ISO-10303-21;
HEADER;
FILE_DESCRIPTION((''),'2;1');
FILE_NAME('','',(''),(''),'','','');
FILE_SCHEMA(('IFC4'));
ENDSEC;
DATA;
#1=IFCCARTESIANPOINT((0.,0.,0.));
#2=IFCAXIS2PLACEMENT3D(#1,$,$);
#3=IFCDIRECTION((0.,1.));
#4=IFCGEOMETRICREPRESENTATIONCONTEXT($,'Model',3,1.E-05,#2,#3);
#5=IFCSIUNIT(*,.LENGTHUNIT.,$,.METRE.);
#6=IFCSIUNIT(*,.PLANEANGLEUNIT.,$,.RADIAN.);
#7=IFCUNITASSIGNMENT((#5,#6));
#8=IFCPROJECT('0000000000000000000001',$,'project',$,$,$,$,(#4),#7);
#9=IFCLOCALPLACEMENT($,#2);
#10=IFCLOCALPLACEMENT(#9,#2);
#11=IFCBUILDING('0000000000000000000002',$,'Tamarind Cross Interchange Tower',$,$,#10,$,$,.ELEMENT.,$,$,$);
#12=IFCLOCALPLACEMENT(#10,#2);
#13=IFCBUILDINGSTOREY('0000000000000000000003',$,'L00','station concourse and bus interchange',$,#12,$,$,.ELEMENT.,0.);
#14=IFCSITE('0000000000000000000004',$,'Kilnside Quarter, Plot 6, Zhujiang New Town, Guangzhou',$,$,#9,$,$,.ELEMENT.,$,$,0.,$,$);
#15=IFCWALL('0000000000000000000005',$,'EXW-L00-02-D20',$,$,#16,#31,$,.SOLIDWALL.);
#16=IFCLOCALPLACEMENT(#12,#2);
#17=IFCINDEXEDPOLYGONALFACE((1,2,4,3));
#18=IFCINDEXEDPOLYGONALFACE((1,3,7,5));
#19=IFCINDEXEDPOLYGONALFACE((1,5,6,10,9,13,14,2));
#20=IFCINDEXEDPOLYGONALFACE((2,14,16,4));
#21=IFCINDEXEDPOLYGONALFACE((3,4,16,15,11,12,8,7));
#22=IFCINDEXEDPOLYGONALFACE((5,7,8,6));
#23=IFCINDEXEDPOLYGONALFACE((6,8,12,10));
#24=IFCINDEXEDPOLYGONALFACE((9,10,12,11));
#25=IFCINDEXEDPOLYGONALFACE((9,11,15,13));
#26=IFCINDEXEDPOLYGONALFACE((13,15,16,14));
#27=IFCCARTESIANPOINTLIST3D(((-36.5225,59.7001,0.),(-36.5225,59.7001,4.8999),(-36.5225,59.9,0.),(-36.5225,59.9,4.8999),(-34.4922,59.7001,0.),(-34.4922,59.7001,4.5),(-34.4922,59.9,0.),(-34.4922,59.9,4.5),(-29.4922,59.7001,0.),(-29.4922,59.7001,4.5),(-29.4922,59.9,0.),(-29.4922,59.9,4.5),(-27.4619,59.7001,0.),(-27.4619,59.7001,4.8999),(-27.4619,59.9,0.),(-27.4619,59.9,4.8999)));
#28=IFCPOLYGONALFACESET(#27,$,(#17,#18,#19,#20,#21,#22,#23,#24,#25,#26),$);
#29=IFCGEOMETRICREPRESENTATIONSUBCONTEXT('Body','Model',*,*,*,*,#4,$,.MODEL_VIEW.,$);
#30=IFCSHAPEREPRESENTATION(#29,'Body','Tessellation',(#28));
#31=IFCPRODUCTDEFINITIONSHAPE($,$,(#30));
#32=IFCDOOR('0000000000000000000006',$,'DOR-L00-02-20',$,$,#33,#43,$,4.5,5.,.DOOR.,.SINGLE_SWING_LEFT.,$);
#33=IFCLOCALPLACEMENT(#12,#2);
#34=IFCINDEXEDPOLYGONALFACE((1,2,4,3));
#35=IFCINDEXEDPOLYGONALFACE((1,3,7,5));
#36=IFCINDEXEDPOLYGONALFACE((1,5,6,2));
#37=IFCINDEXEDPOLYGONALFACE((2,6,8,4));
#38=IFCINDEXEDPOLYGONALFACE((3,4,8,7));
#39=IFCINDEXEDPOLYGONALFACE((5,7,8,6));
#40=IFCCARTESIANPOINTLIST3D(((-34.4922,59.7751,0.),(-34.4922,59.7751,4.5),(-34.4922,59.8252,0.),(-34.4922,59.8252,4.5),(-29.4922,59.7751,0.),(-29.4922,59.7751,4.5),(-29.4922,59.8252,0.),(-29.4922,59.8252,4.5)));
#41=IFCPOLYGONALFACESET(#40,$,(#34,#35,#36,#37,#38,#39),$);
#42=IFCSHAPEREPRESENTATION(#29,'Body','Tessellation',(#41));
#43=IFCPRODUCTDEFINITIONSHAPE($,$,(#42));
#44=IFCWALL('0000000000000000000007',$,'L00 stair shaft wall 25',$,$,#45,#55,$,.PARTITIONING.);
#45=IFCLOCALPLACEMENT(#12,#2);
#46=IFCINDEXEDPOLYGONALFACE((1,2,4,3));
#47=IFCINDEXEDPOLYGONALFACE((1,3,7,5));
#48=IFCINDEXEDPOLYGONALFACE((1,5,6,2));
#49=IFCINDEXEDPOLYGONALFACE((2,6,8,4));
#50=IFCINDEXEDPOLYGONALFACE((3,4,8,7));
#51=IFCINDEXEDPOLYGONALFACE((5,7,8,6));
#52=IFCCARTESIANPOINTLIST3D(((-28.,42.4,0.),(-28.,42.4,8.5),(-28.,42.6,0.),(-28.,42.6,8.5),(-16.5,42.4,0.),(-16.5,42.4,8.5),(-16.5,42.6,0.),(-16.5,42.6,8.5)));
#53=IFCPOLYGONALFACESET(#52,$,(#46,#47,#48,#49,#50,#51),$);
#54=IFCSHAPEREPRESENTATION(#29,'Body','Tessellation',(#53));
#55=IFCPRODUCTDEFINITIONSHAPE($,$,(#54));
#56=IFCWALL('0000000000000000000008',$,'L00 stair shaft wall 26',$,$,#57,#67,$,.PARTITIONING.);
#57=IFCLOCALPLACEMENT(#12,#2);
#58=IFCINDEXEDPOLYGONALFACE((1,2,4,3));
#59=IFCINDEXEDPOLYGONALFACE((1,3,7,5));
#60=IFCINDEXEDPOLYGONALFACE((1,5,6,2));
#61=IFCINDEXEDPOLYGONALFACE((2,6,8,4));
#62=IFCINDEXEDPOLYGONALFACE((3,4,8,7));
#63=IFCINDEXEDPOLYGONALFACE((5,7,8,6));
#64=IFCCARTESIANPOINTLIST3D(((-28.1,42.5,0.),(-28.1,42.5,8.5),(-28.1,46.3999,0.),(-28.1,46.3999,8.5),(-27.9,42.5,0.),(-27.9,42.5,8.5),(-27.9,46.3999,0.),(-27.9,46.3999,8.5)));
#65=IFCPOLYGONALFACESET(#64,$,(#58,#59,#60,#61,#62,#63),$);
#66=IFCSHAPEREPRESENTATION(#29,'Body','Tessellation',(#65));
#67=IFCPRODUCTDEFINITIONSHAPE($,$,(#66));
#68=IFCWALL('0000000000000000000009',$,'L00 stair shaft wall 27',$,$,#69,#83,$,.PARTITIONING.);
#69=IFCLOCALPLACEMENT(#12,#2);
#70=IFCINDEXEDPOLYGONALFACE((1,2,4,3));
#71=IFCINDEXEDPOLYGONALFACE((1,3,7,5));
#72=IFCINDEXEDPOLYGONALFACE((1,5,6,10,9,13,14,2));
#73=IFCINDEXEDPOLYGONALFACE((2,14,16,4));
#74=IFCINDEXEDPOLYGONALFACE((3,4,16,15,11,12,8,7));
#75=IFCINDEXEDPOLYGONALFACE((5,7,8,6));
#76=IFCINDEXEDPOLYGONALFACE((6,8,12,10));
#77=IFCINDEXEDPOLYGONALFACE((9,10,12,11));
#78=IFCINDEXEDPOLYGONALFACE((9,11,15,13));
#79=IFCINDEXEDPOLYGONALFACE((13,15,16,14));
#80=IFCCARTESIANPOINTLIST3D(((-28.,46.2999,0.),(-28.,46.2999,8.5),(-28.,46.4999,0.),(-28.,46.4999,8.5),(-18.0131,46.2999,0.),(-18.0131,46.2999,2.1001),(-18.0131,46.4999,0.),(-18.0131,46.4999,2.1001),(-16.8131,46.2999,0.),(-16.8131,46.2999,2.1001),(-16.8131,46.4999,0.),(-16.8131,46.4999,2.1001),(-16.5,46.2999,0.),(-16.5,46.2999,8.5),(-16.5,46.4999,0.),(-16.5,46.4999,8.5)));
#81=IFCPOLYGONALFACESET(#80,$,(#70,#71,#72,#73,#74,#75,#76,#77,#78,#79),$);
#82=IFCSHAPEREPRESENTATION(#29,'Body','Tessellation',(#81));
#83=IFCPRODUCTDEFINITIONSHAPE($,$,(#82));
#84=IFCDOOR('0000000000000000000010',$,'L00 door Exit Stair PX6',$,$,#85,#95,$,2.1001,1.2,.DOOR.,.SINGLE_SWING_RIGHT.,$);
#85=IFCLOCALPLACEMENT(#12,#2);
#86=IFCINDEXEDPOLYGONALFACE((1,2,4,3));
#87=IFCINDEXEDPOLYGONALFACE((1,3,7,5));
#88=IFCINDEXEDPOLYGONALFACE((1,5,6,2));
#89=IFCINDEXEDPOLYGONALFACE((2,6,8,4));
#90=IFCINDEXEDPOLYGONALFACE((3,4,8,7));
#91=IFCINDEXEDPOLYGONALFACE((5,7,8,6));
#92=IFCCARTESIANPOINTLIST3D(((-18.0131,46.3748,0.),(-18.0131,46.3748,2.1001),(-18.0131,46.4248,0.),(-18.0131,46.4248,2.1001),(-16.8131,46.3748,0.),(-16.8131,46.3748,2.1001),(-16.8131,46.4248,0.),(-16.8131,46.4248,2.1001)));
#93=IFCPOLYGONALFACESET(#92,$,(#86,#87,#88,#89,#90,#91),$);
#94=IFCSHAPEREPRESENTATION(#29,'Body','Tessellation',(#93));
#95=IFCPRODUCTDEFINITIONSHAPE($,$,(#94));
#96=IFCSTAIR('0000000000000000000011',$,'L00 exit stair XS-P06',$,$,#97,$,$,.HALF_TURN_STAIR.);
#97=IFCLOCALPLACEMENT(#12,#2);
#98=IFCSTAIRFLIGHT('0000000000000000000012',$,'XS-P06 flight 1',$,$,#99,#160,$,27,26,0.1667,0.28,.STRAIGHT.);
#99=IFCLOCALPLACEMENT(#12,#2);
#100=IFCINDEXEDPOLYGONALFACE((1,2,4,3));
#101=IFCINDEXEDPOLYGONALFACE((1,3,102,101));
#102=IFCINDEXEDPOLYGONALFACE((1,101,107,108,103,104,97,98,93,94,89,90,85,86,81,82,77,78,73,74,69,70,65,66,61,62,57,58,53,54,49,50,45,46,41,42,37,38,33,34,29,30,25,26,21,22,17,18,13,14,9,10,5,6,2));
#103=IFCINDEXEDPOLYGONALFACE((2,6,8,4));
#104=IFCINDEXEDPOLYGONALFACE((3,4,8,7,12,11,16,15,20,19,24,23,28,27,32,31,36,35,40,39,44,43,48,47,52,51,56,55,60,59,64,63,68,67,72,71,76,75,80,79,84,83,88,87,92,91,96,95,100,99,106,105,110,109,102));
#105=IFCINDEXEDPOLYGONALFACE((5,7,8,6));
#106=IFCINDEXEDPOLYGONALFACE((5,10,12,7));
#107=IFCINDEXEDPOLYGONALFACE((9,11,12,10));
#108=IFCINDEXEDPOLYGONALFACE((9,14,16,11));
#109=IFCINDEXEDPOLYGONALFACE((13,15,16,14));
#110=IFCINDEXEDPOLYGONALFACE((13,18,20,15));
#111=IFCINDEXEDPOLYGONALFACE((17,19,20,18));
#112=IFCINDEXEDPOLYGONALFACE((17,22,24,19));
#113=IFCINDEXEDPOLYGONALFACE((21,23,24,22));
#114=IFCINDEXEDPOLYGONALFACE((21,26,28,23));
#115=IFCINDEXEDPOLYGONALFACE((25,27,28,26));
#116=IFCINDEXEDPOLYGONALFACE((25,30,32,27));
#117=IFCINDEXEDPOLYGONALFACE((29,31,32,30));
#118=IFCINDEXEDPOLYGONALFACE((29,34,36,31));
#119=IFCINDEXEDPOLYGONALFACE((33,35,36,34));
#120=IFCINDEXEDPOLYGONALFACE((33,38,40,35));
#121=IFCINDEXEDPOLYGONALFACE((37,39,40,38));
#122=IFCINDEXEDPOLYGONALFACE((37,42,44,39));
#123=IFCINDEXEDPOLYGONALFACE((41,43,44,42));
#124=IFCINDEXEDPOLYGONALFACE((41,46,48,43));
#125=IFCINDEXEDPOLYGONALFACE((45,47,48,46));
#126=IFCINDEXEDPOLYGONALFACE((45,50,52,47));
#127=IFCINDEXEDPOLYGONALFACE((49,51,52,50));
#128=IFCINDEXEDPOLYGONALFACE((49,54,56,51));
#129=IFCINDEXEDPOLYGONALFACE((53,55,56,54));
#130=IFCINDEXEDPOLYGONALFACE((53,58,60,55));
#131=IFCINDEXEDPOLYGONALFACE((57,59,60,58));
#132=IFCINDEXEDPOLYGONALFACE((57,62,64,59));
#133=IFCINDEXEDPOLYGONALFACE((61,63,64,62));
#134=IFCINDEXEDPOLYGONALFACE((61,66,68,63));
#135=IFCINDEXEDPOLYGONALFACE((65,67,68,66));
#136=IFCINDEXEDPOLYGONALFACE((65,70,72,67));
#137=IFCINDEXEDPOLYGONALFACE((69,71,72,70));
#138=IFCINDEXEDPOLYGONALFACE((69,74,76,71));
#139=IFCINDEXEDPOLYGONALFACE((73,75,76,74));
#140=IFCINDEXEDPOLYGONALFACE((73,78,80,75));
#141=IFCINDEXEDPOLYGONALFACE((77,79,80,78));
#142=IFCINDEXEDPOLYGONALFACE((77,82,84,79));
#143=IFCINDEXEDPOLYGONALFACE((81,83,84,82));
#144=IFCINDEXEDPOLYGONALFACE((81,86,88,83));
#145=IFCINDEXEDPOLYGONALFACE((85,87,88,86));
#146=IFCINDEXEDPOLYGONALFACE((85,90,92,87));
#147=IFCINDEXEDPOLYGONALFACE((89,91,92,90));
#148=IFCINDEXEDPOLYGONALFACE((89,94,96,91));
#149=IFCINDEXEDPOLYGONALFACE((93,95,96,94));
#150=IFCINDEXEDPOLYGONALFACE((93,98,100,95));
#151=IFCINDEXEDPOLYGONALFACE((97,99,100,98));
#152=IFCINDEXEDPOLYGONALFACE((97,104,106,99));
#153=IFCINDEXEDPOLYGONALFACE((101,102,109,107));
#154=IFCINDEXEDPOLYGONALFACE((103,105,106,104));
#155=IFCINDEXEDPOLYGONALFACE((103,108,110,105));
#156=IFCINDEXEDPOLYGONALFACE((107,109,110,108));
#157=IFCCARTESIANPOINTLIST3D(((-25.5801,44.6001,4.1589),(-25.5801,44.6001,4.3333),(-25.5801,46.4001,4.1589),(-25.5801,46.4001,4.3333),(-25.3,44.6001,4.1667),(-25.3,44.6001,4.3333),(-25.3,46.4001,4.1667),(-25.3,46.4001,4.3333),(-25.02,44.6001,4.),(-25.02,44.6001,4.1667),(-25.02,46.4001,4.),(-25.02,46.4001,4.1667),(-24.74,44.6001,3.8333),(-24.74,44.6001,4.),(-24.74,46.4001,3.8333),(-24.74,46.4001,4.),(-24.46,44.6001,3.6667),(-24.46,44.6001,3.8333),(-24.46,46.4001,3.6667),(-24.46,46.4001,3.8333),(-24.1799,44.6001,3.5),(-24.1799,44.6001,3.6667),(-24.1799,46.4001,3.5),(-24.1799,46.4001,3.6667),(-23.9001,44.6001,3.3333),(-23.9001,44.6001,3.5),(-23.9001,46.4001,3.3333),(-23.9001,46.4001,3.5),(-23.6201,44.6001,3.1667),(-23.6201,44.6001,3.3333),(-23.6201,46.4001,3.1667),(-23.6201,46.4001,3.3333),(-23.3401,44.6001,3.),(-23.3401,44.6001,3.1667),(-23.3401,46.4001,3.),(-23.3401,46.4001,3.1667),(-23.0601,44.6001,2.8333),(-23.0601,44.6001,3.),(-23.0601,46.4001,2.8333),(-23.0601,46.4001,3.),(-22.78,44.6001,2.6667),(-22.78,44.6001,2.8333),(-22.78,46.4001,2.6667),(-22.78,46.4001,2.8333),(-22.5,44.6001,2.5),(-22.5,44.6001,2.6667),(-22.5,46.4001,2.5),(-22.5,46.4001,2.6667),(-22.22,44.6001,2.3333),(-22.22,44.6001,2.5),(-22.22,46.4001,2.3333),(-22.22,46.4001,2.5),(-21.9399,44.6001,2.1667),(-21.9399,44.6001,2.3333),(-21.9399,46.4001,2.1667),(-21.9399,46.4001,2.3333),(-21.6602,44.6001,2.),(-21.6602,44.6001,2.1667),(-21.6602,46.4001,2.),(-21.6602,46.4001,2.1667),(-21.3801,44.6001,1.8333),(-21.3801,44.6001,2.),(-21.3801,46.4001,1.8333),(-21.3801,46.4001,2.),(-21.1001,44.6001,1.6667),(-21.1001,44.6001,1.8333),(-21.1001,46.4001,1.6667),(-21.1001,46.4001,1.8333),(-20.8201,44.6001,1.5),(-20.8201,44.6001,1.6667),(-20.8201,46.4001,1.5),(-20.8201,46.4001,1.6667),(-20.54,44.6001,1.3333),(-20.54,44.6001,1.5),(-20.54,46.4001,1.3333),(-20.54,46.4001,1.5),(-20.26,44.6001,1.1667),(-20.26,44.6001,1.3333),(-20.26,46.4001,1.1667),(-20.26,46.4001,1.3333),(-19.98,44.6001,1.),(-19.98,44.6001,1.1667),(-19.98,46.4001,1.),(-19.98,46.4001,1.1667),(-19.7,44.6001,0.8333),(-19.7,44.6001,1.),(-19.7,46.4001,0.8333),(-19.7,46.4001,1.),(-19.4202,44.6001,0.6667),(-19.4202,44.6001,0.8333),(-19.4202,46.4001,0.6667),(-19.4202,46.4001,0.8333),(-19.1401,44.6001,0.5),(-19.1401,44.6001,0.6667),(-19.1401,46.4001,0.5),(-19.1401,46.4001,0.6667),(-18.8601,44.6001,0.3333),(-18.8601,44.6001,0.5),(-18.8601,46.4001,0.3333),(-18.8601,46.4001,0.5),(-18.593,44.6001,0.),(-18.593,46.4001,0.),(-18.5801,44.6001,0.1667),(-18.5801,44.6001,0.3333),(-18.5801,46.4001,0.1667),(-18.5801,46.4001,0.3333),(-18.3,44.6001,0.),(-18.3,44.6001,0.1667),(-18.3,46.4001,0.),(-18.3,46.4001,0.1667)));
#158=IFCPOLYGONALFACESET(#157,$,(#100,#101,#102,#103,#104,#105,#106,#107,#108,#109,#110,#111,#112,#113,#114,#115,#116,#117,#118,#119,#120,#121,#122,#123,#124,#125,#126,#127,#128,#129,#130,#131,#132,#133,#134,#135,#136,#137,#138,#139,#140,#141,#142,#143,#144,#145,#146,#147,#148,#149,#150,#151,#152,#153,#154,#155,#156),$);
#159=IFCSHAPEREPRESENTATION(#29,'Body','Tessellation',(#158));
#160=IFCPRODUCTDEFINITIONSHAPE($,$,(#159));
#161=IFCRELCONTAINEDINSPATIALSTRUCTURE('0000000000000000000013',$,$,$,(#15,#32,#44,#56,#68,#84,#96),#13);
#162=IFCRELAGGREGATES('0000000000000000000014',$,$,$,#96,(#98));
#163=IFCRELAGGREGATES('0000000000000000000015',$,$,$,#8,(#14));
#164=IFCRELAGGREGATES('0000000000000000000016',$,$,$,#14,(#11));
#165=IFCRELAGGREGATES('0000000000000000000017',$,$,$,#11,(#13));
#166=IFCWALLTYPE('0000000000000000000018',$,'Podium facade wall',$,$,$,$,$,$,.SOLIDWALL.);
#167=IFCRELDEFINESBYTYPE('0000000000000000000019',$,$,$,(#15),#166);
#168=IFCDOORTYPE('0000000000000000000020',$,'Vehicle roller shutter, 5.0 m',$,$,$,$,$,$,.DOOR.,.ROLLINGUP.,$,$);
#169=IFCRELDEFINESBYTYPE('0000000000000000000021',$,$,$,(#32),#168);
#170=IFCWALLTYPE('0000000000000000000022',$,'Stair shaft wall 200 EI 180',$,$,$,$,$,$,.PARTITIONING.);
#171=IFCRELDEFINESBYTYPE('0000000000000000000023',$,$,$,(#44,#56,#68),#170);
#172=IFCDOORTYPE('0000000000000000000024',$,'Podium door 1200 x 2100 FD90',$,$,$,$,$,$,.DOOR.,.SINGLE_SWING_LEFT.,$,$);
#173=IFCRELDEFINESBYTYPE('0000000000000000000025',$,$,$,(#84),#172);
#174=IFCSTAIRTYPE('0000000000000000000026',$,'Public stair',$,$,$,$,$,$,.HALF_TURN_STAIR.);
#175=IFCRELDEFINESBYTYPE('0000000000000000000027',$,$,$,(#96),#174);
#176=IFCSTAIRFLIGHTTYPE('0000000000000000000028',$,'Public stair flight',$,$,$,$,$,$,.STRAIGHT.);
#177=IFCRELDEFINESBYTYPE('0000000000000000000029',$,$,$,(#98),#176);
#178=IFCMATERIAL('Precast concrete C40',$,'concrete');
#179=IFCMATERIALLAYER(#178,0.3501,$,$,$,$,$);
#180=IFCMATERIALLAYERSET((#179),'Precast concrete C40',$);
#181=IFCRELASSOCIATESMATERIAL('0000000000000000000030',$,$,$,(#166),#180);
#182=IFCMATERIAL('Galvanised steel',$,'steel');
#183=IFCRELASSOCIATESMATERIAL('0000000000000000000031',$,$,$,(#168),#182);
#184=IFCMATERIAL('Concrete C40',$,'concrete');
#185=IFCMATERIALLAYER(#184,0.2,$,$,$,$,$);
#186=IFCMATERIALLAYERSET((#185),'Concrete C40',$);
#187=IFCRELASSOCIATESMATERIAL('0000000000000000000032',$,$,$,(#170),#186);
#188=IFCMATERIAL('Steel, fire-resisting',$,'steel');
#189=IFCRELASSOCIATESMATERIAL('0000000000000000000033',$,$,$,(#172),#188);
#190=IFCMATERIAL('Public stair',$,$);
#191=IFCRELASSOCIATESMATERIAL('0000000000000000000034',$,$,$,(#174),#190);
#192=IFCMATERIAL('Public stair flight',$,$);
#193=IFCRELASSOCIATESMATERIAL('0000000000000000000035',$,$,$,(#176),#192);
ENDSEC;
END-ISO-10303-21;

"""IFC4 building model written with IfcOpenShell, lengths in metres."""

from ifc_helpers import new_model, si_unit, direction, frame, frame_2d, origin, place, context, subcontext, project, spatial, polyline, rectangle, outline, extrude, material, layer, layer_set, type_object, element, fill, aggregate, save


model = new_model("IFC4")

# Units and contexts
model_context = context("Model", 3, precision=1e-05, world=origin(), true_north=direction((0.0, 1.0)))
body_context = subcontext(model_context, "Body", "Model", "MODEL_VIEW")
ifc_project = project(units=[si_unit("LENGTHUNIT", "METRE"), si_unit("PLANEANGLEUNIT", "RADIAN")], contexts=[model_context])

# Site, building, storey
site_placement = place(None, origin())
site = spatial("IfcSite", under=ifc_project, at=site_placement, Name="Kilnside Quarter, Plot 6, Zhujiang New Town, Guangzhou", CompositionType="ELEMENT", RefElevation=0.0)
building_placement = place(site_placement, origin())
building = spatial("IfcBuilding", under=site, at=building_placement, Name="Tamarind Cross Interchange Tower", CompositionType="ELEMENT")
storey_placement = place(building_placement, origin())
storey = spatial("IfcBuildingStorey", under=building, at=storey_placement, Name="L00", Description="station concourse and bus interchange", CompositionType="ELEMENT", Elevation=0.0)

# Shared definitions
ifc_material_1 = material(Name="Precast concrete C40", Category="concrete")

# Wall, opening, door
ifc_material_2 = material(Name="Steel, fire-resisting", Category="steel")
ifc_layer_1 = layer(ifc_material_1, 0.3501)
ifc_layer_set_1 = layer_set([ifc_layer_1], Name="Precast concrete C40")
wall_type_1 = type_object("IfcWallType", Name="Podium facade wall", PredefinedType="SOLIDWALL", material=ifc_layer_set_1)
wall_1_placement = place(storey_placement, frame((-27.4619, 59.8, 0.0), z_axis=(0.0, 0.0, 1.0), x_axis=(-1.0, 0.0, 0.0)))
wall_1 = element("IfcWall", 1, at=wall_1_placement, inside=storey, type_object=wall_type_1, Name="EXW-L00-02-D20", PredefinedType="SOLIDWALL", context=body_context, shape_type="SweptSolid", body=[
    extrude(rectangle(XDim=9.0605, YDim=0.2, at=frame_2d((4.5303, 0.0))), origin(), (0.0, 0.0, 1.0), 4.8999),
])
opening_1_placement = place(wall_1_placement, frame((2.0303, 0.0, 0.0)))
opening_1 = element("IfcOpeningElement", 2, at=opening_1_placement, cuts=wall_1, PredefinedType="OPENING", context=body_context, shape_type="SweptSolid", body=[
    extrude(rectangle(XDim=5.0, YDim=4.5, at=frame_2d((2.5, 2.25))), frame((0.0, 0.1099, 0.0), z_axis=(0.0, -1.0, 0.0), x_axis=(1.0, 0.0, 0.0)), (0.0, 0.0, 1.0), 0.22),
])
ifc_material_3 = material(Name="Galvanised steel", Category="steel")
door_type_1 = type_object("IfcDoorType", Name="Vehicle roller shutter, 5.0 m", OperationType="ROLLINGUP", PredefinedType="DOOR", material=ifc_material_3)
door_1_placement = place(opening_1_placement, origin())
door_1 = element("IfcDoor", 3, at=door_1_placement, inside=storey, type_object=door_type_1, Name="DOR-L00-02-20", OperationType="SINGLE_SWING_LEFT", OverallHeight=4.5, OverallWidth=5.0, PredefinedType="DOOR", context=body_context, shape_type="SweptSolid", body=[
    extrude(rectangle(XDim=5.0, YDim=4.5, at=frame_2d((2.5, 2.25))), frame((0.0, 0.0249, 0.0), z_axis=(0.0, -1.0, 0.0), x_axis=(1.0, 0.0, 0.0)), (0.0, 0.0, 1.0), 0.05),
])
fill(opening_1, door_1)

# Walls
ifc_material_4 = material(Name="Concrete C40", Category="concrete")
ifc_layer_2 = layer(ifc_material_4, 0.2)
ifc_layer_set_2 = layer_set([ifc_layer_2], Name="Concrete C40")
wall_type_2 = type_object("IfcWallType", Name="Stair shaft wall 200 EI 180", PredefinedType="PARTITIONING", material=ifc_layer_set_2)
wall_2_placement = place(storey_placement, frame((-28.0, 42.5, 0.0), z_axis=(0.0, 0.0, 1.0), x_axis=(1.0, 0.0, 0.0)))
element("IfcWall", 4, at=wall_2_placement, inside=storey, type_object=wall_type_2, Name="L00 stair shaft wall 25", PredefinedType="PARTITIONING", context=body_context, shape_type="SweptSolid", body=[
    extrude(rectangle(XDim=11.5, YDim=0.2, at=frame_2d((5.75, 0.0))), origin(), (0.0, 0.0, 1.0), 8.5),
])
wall_3_placement = place(storey_placement, frame((-28.0, 42.5, 0.0), z_axis=(0.0, 0.0, 1.0), x_axis=(0.0, 1.0, 0.0)))
element("IfcWall", 5, at=wall_3_placement, inside=storey, type_object=wall_type_2, Name="L00 stair shaft wall 26", PredefinedType="PARTITIONING", context=body_context, shape_type="SweptSolid", body=[
    extrude(rectangle(XDim=3.8999, YDim=0.2, at=frame_2d((1.95, 0.0))), origin(), (0.0, 0.0, 1.0), 8.5),
])

# Wall, opening, door
wall_4_placement = place(storey_placement, frame((-28.0, 46.3999, 0.0), z_axis=(0.0, 0.0, 1.0), x_axis=(1.0, 0.0, 0.0)))
wall_4 = element("IfcWall", 6, at=wall_4_placement, inside=storey, type_object=wall_type_2, Name="L00 stair shaft wall 27", PredefinedType="PARTITIONING", context=body_context, shape_type="SweptSolid", body=[
    extrude(rectangle(XDim=11.5, YDim=0.2, at=frame_2d((5.75, 0.0))), origin(), (0.0, 0.0, 1.0), 8.5),
])
opening_2_placement = place(wall_4_placement, frame((9.9868, 0.0, 0.0)))
opening_2 = element("IfcOpeningElement", 7, at=opening_2_placement, cuts=wall_4, PredefinedType="OPENING", context=body_context, shape_type="SweptSolid", body=[
    extrude(rectangle(XDim=1.2, YDim=2.1001, at=frame_2d((0.6001, 1.05))), frame((0.0, 0.1099, 0.0), z_axis=(0.0, -1.0, 0.0), x_axis=(1.0, 0.0, 0.0)), (0.0, 0.0, 1.0), 0.22),
])
door_type_2 = type_object("IfcDoorType", Name="Podium door 1200 x 2100 FD90", OperationType="SINGLE_SWING_LEFT", PredefinedType="DOOR", material=ifc_material_2)
door_2_placement = place(opening_2_placement, origin())
door_2 = element("IfcDoor", 8, at=door_2_placement, inside=storey, type_object=door_type_2, Name="L00 door Exit Stair PX6", OperationType="SINGLE_SWING_RIGHT", OverallHeight=2.1001, OverallWidth=1.2, PredefinedType="DOOR", context=body_context, shape_type="SweptSolid", body=[
    extrude(rectangle(XDim=1.2, YDim=2.1001, at=frame_2d((0.6001, 1.05))), frame((0.0, 0.0249, 0.0), z_axis=(0.0, -1.0, 0.0), x_axis=(1.0, 0.0, 0.0)), (0.0, 0.0, 1.0), 0.05),
])
fill(opening_2, door_2)

# Stair, stair flight
ifc_material_5 = material(Name="Public stair")
stair_type = type_object("IfcStairType", Name="Public stair", PredefinedType="HALF_TURN_STAIR", material=ifc_material_5)
stair_placement = place(storey_placement, origin())
stair = element("IfcStair", 9, at=stair_placement, inside=storey, type_object=stair_type, Name="L00 exit stair XS-P06", PredefinedType="HALF_TURN_STAIR")
ifc_material_6 = material(Name="Public stair flight")
stair_flight_type = type_object("IfcStairFlightType", Name="Public stair flight", PredefinedType="STRAIGHT", material=ifc_material_6)
stair_flight_1_placement = place(storey_placement, frame((-18.3, 45.5, 0.0), z_axis=(0.0, 0.0, 1.0), x_axis=(-1.0, 0.0, 0.0)))
stair_flight_1 = element("IfcStairFlight", 10, at=stair_flight_1_placement, type_object=stair_flight_type, Name="XS-P06 flight 1", NumberOfRisers=27, NumberOfTreads=26, PredefinedType="STRAIGHT", RiserHeight=0.1667, TreadLength=0.28, context=body_context, shape_type="SweptSolid", body=[
    extrude(outline(polyline([(0.0, 0.0), (0.0, 0.1667), (0.28, 0.1667), (0.28, 0.3333), (0.5601, 0.3333), (0.5601, 0.5), (0.8401, 0.5), (0.8401, 0.6667), (1.1201, 0.6667), (1.1201, 0.8333), (1.3999, 0.8333), (1.3999, 1.0), (1.6799, 1.0), (1.6799, 1.1667), (1.96, 1.1667), (1.96, 1.3333), (2.24, 1.3333), (2.24, 1.5), (2.52, 1.5), (2.52, 1.6667), (2.8, 1.6667), (2.8, 1.8333), (3.0801, 1.8333), (3.0801, 2.0), (3.3601, 2.0), (3.3601, 2.1667), (3.6399, 2.1667), (3.6399, 2.3333), (3.9199, 2.3333), (3.9199, 2.5), (4.2, 2.5), (4.2, 2.6667), (4.48, 2.6667), (4.48, 2.8333), (4.76, 2.8333), (4.76, 3.0), (5.04, 3.0), (5.04, 3.1667), (5.3201, 3.1667), (5.3201, 3.3333), (5.6001, 3.3333), (5.6001, 3.5), (5.8799, 3.5), (5.8799, 3.6667), (6.1599, 3.6667), (6.1599, 3.8333), (6.4399, 3.8333), (6.4399, 4.0), (6.72, 4.0), (6.72, 4.1667), (7.0, 4.1667), (7.0, 4.3333), (7.28, 4.3333), (7.28, 4.5), (7.28, 4.1589), (0.293, 0.0), (0.0, 0.0)])), frame((0.0, 0.8999, 0.0), z_axis=(0.0, -1.0, 0.0), x_axis=(1.0, 0.0, 0.0)), (0.0, 0.0, 1.0), 1.8),
])
aggregate(stair, [stair_flight_1])

save(model, "model.ifc")
